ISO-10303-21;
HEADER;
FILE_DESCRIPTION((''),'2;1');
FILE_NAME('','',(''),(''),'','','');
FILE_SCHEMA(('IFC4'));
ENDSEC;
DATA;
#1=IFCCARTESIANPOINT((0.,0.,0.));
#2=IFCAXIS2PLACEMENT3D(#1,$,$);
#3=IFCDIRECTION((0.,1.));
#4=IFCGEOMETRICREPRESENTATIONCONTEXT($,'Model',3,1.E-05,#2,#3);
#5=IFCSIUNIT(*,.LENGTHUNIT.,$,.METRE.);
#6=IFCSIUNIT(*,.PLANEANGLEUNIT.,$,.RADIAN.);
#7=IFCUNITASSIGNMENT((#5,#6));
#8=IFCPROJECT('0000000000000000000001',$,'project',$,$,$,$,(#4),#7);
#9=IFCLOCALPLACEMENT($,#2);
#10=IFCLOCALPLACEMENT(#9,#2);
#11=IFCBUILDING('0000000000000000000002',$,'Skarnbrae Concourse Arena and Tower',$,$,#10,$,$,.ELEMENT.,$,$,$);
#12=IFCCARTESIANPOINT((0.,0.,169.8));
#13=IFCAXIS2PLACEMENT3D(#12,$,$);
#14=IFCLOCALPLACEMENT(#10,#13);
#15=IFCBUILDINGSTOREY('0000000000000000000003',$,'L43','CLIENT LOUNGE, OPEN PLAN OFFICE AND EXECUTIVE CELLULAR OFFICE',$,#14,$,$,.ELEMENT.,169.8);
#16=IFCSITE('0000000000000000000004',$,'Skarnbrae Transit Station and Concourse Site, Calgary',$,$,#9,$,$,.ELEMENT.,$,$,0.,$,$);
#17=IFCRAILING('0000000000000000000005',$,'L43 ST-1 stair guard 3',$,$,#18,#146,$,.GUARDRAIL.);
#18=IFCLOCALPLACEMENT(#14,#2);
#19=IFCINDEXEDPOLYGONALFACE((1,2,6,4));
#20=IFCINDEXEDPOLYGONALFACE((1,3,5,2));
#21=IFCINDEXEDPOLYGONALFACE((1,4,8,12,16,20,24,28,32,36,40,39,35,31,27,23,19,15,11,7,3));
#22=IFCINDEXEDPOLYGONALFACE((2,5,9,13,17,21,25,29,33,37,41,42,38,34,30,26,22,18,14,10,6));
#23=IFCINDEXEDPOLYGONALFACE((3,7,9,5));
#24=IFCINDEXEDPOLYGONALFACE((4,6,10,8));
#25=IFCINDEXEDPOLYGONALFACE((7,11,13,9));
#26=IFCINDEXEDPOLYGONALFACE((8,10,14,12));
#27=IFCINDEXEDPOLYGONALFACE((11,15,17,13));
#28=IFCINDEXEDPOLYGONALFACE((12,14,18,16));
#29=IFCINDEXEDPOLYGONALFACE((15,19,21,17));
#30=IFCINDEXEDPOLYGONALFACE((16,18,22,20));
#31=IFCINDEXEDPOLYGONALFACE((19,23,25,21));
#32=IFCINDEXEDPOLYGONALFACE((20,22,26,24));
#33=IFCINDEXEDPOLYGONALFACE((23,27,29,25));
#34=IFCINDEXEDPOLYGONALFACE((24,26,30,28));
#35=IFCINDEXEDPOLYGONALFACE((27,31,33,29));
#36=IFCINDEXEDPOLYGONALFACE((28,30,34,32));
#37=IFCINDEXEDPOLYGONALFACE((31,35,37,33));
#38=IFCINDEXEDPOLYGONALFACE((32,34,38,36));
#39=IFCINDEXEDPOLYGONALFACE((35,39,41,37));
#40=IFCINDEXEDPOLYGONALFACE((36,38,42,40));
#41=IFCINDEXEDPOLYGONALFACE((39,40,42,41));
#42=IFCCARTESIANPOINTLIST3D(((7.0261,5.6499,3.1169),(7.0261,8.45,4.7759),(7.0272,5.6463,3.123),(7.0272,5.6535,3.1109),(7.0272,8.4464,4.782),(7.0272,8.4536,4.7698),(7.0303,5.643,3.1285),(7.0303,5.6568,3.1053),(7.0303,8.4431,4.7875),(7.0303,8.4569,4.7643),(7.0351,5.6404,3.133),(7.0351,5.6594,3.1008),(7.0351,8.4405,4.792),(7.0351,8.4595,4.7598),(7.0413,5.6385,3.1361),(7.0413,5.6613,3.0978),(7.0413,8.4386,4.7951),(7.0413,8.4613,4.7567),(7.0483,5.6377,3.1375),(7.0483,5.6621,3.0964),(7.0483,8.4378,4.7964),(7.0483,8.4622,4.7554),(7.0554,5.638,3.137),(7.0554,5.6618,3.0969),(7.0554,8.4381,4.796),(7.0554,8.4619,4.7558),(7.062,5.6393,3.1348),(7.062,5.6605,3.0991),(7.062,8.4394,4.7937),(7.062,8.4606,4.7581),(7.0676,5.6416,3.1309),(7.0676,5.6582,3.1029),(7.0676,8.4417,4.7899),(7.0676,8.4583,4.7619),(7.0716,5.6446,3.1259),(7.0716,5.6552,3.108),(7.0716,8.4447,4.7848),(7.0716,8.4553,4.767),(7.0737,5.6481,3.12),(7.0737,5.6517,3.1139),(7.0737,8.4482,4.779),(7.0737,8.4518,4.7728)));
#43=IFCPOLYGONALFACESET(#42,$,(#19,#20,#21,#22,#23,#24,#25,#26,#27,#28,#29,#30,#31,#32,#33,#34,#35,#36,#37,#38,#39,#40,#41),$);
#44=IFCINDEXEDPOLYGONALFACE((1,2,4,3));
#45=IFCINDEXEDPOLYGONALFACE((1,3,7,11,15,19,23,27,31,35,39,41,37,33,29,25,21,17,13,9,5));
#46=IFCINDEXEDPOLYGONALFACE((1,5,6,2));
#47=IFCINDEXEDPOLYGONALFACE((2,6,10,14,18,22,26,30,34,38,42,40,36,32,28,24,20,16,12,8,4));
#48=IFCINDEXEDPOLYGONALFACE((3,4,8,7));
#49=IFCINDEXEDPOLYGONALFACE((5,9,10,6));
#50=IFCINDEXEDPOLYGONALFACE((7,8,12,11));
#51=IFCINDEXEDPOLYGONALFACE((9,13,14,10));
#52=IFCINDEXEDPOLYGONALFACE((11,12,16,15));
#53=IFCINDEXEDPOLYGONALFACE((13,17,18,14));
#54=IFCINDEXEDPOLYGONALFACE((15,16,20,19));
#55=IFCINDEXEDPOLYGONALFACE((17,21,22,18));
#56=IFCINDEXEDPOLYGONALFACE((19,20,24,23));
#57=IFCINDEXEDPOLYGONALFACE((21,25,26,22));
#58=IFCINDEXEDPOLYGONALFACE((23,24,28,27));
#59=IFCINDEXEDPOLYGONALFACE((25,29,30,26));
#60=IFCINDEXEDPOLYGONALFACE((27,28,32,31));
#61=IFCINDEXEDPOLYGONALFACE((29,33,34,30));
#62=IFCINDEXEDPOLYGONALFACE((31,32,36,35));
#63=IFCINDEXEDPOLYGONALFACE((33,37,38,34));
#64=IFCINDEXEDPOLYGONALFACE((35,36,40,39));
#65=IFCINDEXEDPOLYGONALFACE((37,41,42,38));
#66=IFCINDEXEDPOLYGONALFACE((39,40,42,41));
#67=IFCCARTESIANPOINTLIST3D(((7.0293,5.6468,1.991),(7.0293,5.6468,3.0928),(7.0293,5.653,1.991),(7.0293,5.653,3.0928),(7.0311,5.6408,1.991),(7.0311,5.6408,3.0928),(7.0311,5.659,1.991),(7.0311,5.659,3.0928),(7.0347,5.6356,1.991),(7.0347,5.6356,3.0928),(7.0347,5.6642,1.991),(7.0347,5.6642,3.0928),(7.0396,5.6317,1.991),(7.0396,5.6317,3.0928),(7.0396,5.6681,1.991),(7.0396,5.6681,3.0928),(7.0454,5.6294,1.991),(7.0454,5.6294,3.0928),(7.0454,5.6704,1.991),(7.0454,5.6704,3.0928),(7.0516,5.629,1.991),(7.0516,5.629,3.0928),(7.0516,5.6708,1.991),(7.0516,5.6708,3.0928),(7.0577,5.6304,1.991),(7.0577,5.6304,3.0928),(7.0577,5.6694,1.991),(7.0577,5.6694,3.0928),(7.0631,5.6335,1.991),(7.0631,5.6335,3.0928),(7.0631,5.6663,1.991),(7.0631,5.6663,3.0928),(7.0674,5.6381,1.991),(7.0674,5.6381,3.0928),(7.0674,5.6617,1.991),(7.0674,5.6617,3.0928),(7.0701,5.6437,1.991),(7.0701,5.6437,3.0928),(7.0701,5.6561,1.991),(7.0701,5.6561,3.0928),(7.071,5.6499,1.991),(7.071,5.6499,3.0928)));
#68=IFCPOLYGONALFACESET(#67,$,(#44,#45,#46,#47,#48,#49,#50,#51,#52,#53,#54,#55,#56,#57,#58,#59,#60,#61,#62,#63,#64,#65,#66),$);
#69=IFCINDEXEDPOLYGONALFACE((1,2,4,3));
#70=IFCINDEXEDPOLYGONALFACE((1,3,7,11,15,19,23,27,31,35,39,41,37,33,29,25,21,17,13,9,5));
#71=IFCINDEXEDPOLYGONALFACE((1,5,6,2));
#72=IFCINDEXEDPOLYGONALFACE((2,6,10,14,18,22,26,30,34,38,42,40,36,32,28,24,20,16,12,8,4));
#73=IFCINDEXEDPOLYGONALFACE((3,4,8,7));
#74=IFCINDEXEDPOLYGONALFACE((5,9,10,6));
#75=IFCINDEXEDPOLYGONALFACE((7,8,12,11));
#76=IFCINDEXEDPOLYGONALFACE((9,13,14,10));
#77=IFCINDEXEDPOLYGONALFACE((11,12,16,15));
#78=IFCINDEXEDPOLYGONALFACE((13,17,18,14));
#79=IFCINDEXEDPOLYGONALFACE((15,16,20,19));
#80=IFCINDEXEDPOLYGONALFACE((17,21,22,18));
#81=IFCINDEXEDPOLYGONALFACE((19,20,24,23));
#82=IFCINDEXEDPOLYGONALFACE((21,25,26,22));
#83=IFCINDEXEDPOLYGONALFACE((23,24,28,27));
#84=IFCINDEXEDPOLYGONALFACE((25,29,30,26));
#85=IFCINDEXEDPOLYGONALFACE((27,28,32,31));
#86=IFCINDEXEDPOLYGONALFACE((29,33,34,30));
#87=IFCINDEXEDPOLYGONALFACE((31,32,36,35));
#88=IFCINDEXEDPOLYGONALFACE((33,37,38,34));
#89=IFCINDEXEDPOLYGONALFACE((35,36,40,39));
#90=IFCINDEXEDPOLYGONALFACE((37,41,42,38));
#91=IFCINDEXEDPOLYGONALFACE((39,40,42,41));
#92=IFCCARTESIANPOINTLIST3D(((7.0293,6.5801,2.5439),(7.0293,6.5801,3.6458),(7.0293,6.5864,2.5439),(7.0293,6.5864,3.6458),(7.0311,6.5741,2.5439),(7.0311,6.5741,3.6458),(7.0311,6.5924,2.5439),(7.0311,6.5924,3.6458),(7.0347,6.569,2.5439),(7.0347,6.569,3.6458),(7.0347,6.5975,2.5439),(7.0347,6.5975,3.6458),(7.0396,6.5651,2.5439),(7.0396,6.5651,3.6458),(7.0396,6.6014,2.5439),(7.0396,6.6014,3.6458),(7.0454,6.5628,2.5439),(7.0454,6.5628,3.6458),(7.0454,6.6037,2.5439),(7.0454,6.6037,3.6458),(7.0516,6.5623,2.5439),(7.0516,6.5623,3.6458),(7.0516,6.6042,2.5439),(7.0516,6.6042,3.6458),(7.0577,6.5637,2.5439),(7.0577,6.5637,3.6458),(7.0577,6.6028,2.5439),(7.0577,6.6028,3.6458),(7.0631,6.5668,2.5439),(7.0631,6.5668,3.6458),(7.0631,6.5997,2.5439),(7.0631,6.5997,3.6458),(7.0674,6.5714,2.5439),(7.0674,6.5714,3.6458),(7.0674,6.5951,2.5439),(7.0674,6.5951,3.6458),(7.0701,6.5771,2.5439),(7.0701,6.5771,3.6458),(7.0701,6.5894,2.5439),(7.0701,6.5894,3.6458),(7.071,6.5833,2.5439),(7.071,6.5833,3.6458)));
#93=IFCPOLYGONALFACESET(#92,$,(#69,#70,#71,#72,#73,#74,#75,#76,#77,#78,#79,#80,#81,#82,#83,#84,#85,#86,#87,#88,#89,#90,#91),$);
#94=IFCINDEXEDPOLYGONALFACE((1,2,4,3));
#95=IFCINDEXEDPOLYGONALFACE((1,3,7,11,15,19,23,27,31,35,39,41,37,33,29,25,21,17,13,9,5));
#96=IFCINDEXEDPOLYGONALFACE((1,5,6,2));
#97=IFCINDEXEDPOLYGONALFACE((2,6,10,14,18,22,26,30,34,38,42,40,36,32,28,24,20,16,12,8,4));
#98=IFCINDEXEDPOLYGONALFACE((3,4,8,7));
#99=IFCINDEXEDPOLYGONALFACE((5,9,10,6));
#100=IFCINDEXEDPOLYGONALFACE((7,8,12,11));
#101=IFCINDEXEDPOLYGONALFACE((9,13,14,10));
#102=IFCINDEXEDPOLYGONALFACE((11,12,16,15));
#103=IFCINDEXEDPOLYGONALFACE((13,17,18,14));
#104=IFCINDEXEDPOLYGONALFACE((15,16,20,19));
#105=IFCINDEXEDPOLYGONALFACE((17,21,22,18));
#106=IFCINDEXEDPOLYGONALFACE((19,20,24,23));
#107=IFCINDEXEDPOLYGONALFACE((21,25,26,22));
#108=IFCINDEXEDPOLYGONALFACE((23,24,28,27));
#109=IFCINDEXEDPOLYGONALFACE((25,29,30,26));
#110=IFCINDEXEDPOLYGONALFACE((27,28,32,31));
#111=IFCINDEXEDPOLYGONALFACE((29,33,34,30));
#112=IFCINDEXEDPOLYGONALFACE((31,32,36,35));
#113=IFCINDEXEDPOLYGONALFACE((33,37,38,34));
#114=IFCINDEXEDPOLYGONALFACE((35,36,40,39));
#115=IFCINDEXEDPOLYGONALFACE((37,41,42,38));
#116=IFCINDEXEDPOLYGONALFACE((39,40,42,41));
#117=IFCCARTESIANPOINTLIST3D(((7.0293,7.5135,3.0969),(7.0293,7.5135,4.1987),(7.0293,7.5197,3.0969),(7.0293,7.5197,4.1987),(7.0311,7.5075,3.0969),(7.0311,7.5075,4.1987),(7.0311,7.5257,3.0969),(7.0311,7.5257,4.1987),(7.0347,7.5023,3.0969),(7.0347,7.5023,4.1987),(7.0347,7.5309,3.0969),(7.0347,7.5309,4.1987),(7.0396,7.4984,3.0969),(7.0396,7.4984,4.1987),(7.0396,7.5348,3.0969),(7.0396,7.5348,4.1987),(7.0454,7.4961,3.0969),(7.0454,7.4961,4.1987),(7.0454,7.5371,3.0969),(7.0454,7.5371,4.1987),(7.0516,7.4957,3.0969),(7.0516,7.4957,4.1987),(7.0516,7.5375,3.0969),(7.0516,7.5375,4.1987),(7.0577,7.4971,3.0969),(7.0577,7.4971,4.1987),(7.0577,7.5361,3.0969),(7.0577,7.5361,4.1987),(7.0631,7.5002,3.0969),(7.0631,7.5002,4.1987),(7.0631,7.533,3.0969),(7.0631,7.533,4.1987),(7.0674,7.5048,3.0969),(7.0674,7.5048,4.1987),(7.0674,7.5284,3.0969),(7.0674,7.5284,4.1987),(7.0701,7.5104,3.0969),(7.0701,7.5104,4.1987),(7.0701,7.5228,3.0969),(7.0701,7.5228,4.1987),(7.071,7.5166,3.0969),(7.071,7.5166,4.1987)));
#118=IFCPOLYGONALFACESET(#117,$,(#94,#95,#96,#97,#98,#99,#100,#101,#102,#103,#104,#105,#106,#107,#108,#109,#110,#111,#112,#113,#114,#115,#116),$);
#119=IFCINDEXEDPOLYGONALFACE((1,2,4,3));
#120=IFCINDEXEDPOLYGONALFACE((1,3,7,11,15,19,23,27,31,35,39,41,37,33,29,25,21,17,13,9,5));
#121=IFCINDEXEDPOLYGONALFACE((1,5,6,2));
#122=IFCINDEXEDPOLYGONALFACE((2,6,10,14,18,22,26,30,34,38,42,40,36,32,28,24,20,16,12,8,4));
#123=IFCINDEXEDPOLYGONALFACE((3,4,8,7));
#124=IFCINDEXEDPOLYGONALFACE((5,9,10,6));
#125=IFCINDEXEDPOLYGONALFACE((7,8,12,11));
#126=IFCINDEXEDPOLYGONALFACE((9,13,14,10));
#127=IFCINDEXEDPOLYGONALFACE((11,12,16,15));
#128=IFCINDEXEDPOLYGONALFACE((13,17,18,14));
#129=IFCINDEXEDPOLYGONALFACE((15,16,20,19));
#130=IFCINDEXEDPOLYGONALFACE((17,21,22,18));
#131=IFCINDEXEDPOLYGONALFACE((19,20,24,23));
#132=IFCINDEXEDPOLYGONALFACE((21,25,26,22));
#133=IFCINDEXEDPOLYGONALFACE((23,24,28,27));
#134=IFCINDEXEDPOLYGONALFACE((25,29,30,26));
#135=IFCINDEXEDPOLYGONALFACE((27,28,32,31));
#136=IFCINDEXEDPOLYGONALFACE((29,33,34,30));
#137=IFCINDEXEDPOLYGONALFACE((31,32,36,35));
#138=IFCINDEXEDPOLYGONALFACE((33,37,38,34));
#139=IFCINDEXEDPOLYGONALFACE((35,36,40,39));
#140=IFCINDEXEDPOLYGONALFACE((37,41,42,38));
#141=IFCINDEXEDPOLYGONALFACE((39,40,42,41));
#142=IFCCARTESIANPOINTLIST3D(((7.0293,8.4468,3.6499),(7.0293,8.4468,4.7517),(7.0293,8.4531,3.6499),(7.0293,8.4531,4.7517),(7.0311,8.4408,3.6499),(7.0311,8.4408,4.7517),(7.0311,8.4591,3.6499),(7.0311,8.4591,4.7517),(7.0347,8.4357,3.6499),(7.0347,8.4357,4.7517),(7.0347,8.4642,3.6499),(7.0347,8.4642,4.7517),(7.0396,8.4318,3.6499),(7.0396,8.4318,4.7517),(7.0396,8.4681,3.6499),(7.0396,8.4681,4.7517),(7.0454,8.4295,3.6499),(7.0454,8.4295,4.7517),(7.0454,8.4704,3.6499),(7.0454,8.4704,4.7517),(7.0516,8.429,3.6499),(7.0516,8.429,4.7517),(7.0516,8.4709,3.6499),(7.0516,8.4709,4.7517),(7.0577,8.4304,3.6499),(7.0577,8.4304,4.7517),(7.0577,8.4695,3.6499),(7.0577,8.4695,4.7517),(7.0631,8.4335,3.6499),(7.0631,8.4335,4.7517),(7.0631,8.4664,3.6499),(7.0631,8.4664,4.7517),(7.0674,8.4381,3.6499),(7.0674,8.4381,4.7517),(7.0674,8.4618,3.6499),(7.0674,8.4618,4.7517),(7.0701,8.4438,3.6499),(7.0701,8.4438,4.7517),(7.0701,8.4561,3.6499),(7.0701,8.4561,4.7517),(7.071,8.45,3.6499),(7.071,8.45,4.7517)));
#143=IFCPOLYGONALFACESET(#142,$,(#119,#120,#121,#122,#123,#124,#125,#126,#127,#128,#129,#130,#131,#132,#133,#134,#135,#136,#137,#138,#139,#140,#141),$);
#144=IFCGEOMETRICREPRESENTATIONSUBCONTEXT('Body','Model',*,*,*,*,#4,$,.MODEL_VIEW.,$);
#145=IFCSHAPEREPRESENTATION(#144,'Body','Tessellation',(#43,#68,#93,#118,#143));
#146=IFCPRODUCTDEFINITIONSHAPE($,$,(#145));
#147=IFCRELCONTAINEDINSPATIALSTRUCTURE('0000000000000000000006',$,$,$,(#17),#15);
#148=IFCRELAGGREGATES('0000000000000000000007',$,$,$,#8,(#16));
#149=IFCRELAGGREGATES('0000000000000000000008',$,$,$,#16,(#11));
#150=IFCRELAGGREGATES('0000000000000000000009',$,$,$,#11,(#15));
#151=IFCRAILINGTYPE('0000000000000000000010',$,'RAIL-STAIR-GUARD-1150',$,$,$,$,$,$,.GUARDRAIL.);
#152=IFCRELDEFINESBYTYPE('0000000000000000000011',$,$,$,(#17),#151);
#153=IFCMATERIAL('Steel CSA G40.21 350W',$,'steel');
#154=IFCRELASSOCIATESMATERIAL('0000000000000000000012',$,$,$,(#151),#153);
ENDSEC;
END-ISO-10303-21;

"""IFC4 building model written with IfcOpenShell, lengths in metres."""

from ifc_helpers import new_model, si_unit, direction, frame, origin, origin_2d, place, context, subcontext, project, spatial, circle, extrude, material, type_object, element, save


model = new_model("IFC4")

# Units and contexts
model_context = context("Model", 3, precision=1e-05, world=origin(), true_north=direction((0.0, 1.0)))
body_context = subcontext(model_context, "Body", "Model", "MODEL_VIEW")
ifc_project = project(units=[si_unit("LENGTHUNIT", "METRE"), si_unit("PLANEANGLEUNIT", "RADIAN")], contexts=[model_context])

# Site, building, storey
site_placement = place(None, origin())
site = spatial("IfcSite", under=ifc_project, at=site_placement, Name="Skarnbrae Transit Station and Concourse Site, Calgary", CompositionType="ELEMENT", RefElevation=0.0)
building_placement = place(site_placement, origin())
building = spatial("IfcBuilding", under=site, at=building_placement, Name="Skarnbrae Concourse Arena and Tower", CompositionType="ELEMENT")
storey_placement = place(building_placement, frame((0.0, 0.0, 169.8)))
storey = spatial("IfcBuildingStorey", under=building, at=storey_placement, Name="L43", Description="CLIENT LOUNGE, OPEN PLAN OFFICE AND EXECUTIVE CELLULAR OFFICE", CompositionType="ELEMENT", Elevation=169.8)

# Railing
ifc_material_1 = material(Name="Steel CSA G40.21 350W", Category="steel")
railing_type_1 = type_object("IfcRailingType", Name="RAIL-STAIR-GUARD-1150", PredefinedType="GUARDRAIL", material=ifc_material_1)
railing_1_placement = place(storey_placement, frame((7.05, 5.6499, 1.991)))
element("IfcRailing", 1, at=railing_1_placement, inside=storey, type_object=railing_type_1, Name="L43 ST-1 stair guard 3", PredefinedType="GUARDRAIL", context=body_context, shape_type="SweptSolid", body=[
    extrude(circle(Radius=0.0239, at=origin_2d()), frame((0.0, 0.0, 1.126), z_axis=(0.0, 0.860339, 0.509722), x_axis=(-1.0, 0.0, 0.0)), (0.0, 0.0, 1.0), 3.2546),
    extrude(circle(Radius=0.021, at=origin_2d()), origin(), (0.0, 0.0, 1.0), 1.1018),
    extrude(circle(Radius=0.021, at=origin_2d()), frame((0.0, 0.9333, 0.553)), (0.0, 0.0, 1.0), 1.1018),
    extrude(circle(Radius=0.021, at=origin_2d()), frame((0.0, 1.8667, 1.106)), (0.0, 0.0, 1.0), 1.1018),
    extrude(circle(Radius=0.021, at=origin_2d()), frame((0.0, 2.8, 1.6589)), (0.0, 0.0, 1.0), 1.1018),
])

save(model, "model.ifc")
